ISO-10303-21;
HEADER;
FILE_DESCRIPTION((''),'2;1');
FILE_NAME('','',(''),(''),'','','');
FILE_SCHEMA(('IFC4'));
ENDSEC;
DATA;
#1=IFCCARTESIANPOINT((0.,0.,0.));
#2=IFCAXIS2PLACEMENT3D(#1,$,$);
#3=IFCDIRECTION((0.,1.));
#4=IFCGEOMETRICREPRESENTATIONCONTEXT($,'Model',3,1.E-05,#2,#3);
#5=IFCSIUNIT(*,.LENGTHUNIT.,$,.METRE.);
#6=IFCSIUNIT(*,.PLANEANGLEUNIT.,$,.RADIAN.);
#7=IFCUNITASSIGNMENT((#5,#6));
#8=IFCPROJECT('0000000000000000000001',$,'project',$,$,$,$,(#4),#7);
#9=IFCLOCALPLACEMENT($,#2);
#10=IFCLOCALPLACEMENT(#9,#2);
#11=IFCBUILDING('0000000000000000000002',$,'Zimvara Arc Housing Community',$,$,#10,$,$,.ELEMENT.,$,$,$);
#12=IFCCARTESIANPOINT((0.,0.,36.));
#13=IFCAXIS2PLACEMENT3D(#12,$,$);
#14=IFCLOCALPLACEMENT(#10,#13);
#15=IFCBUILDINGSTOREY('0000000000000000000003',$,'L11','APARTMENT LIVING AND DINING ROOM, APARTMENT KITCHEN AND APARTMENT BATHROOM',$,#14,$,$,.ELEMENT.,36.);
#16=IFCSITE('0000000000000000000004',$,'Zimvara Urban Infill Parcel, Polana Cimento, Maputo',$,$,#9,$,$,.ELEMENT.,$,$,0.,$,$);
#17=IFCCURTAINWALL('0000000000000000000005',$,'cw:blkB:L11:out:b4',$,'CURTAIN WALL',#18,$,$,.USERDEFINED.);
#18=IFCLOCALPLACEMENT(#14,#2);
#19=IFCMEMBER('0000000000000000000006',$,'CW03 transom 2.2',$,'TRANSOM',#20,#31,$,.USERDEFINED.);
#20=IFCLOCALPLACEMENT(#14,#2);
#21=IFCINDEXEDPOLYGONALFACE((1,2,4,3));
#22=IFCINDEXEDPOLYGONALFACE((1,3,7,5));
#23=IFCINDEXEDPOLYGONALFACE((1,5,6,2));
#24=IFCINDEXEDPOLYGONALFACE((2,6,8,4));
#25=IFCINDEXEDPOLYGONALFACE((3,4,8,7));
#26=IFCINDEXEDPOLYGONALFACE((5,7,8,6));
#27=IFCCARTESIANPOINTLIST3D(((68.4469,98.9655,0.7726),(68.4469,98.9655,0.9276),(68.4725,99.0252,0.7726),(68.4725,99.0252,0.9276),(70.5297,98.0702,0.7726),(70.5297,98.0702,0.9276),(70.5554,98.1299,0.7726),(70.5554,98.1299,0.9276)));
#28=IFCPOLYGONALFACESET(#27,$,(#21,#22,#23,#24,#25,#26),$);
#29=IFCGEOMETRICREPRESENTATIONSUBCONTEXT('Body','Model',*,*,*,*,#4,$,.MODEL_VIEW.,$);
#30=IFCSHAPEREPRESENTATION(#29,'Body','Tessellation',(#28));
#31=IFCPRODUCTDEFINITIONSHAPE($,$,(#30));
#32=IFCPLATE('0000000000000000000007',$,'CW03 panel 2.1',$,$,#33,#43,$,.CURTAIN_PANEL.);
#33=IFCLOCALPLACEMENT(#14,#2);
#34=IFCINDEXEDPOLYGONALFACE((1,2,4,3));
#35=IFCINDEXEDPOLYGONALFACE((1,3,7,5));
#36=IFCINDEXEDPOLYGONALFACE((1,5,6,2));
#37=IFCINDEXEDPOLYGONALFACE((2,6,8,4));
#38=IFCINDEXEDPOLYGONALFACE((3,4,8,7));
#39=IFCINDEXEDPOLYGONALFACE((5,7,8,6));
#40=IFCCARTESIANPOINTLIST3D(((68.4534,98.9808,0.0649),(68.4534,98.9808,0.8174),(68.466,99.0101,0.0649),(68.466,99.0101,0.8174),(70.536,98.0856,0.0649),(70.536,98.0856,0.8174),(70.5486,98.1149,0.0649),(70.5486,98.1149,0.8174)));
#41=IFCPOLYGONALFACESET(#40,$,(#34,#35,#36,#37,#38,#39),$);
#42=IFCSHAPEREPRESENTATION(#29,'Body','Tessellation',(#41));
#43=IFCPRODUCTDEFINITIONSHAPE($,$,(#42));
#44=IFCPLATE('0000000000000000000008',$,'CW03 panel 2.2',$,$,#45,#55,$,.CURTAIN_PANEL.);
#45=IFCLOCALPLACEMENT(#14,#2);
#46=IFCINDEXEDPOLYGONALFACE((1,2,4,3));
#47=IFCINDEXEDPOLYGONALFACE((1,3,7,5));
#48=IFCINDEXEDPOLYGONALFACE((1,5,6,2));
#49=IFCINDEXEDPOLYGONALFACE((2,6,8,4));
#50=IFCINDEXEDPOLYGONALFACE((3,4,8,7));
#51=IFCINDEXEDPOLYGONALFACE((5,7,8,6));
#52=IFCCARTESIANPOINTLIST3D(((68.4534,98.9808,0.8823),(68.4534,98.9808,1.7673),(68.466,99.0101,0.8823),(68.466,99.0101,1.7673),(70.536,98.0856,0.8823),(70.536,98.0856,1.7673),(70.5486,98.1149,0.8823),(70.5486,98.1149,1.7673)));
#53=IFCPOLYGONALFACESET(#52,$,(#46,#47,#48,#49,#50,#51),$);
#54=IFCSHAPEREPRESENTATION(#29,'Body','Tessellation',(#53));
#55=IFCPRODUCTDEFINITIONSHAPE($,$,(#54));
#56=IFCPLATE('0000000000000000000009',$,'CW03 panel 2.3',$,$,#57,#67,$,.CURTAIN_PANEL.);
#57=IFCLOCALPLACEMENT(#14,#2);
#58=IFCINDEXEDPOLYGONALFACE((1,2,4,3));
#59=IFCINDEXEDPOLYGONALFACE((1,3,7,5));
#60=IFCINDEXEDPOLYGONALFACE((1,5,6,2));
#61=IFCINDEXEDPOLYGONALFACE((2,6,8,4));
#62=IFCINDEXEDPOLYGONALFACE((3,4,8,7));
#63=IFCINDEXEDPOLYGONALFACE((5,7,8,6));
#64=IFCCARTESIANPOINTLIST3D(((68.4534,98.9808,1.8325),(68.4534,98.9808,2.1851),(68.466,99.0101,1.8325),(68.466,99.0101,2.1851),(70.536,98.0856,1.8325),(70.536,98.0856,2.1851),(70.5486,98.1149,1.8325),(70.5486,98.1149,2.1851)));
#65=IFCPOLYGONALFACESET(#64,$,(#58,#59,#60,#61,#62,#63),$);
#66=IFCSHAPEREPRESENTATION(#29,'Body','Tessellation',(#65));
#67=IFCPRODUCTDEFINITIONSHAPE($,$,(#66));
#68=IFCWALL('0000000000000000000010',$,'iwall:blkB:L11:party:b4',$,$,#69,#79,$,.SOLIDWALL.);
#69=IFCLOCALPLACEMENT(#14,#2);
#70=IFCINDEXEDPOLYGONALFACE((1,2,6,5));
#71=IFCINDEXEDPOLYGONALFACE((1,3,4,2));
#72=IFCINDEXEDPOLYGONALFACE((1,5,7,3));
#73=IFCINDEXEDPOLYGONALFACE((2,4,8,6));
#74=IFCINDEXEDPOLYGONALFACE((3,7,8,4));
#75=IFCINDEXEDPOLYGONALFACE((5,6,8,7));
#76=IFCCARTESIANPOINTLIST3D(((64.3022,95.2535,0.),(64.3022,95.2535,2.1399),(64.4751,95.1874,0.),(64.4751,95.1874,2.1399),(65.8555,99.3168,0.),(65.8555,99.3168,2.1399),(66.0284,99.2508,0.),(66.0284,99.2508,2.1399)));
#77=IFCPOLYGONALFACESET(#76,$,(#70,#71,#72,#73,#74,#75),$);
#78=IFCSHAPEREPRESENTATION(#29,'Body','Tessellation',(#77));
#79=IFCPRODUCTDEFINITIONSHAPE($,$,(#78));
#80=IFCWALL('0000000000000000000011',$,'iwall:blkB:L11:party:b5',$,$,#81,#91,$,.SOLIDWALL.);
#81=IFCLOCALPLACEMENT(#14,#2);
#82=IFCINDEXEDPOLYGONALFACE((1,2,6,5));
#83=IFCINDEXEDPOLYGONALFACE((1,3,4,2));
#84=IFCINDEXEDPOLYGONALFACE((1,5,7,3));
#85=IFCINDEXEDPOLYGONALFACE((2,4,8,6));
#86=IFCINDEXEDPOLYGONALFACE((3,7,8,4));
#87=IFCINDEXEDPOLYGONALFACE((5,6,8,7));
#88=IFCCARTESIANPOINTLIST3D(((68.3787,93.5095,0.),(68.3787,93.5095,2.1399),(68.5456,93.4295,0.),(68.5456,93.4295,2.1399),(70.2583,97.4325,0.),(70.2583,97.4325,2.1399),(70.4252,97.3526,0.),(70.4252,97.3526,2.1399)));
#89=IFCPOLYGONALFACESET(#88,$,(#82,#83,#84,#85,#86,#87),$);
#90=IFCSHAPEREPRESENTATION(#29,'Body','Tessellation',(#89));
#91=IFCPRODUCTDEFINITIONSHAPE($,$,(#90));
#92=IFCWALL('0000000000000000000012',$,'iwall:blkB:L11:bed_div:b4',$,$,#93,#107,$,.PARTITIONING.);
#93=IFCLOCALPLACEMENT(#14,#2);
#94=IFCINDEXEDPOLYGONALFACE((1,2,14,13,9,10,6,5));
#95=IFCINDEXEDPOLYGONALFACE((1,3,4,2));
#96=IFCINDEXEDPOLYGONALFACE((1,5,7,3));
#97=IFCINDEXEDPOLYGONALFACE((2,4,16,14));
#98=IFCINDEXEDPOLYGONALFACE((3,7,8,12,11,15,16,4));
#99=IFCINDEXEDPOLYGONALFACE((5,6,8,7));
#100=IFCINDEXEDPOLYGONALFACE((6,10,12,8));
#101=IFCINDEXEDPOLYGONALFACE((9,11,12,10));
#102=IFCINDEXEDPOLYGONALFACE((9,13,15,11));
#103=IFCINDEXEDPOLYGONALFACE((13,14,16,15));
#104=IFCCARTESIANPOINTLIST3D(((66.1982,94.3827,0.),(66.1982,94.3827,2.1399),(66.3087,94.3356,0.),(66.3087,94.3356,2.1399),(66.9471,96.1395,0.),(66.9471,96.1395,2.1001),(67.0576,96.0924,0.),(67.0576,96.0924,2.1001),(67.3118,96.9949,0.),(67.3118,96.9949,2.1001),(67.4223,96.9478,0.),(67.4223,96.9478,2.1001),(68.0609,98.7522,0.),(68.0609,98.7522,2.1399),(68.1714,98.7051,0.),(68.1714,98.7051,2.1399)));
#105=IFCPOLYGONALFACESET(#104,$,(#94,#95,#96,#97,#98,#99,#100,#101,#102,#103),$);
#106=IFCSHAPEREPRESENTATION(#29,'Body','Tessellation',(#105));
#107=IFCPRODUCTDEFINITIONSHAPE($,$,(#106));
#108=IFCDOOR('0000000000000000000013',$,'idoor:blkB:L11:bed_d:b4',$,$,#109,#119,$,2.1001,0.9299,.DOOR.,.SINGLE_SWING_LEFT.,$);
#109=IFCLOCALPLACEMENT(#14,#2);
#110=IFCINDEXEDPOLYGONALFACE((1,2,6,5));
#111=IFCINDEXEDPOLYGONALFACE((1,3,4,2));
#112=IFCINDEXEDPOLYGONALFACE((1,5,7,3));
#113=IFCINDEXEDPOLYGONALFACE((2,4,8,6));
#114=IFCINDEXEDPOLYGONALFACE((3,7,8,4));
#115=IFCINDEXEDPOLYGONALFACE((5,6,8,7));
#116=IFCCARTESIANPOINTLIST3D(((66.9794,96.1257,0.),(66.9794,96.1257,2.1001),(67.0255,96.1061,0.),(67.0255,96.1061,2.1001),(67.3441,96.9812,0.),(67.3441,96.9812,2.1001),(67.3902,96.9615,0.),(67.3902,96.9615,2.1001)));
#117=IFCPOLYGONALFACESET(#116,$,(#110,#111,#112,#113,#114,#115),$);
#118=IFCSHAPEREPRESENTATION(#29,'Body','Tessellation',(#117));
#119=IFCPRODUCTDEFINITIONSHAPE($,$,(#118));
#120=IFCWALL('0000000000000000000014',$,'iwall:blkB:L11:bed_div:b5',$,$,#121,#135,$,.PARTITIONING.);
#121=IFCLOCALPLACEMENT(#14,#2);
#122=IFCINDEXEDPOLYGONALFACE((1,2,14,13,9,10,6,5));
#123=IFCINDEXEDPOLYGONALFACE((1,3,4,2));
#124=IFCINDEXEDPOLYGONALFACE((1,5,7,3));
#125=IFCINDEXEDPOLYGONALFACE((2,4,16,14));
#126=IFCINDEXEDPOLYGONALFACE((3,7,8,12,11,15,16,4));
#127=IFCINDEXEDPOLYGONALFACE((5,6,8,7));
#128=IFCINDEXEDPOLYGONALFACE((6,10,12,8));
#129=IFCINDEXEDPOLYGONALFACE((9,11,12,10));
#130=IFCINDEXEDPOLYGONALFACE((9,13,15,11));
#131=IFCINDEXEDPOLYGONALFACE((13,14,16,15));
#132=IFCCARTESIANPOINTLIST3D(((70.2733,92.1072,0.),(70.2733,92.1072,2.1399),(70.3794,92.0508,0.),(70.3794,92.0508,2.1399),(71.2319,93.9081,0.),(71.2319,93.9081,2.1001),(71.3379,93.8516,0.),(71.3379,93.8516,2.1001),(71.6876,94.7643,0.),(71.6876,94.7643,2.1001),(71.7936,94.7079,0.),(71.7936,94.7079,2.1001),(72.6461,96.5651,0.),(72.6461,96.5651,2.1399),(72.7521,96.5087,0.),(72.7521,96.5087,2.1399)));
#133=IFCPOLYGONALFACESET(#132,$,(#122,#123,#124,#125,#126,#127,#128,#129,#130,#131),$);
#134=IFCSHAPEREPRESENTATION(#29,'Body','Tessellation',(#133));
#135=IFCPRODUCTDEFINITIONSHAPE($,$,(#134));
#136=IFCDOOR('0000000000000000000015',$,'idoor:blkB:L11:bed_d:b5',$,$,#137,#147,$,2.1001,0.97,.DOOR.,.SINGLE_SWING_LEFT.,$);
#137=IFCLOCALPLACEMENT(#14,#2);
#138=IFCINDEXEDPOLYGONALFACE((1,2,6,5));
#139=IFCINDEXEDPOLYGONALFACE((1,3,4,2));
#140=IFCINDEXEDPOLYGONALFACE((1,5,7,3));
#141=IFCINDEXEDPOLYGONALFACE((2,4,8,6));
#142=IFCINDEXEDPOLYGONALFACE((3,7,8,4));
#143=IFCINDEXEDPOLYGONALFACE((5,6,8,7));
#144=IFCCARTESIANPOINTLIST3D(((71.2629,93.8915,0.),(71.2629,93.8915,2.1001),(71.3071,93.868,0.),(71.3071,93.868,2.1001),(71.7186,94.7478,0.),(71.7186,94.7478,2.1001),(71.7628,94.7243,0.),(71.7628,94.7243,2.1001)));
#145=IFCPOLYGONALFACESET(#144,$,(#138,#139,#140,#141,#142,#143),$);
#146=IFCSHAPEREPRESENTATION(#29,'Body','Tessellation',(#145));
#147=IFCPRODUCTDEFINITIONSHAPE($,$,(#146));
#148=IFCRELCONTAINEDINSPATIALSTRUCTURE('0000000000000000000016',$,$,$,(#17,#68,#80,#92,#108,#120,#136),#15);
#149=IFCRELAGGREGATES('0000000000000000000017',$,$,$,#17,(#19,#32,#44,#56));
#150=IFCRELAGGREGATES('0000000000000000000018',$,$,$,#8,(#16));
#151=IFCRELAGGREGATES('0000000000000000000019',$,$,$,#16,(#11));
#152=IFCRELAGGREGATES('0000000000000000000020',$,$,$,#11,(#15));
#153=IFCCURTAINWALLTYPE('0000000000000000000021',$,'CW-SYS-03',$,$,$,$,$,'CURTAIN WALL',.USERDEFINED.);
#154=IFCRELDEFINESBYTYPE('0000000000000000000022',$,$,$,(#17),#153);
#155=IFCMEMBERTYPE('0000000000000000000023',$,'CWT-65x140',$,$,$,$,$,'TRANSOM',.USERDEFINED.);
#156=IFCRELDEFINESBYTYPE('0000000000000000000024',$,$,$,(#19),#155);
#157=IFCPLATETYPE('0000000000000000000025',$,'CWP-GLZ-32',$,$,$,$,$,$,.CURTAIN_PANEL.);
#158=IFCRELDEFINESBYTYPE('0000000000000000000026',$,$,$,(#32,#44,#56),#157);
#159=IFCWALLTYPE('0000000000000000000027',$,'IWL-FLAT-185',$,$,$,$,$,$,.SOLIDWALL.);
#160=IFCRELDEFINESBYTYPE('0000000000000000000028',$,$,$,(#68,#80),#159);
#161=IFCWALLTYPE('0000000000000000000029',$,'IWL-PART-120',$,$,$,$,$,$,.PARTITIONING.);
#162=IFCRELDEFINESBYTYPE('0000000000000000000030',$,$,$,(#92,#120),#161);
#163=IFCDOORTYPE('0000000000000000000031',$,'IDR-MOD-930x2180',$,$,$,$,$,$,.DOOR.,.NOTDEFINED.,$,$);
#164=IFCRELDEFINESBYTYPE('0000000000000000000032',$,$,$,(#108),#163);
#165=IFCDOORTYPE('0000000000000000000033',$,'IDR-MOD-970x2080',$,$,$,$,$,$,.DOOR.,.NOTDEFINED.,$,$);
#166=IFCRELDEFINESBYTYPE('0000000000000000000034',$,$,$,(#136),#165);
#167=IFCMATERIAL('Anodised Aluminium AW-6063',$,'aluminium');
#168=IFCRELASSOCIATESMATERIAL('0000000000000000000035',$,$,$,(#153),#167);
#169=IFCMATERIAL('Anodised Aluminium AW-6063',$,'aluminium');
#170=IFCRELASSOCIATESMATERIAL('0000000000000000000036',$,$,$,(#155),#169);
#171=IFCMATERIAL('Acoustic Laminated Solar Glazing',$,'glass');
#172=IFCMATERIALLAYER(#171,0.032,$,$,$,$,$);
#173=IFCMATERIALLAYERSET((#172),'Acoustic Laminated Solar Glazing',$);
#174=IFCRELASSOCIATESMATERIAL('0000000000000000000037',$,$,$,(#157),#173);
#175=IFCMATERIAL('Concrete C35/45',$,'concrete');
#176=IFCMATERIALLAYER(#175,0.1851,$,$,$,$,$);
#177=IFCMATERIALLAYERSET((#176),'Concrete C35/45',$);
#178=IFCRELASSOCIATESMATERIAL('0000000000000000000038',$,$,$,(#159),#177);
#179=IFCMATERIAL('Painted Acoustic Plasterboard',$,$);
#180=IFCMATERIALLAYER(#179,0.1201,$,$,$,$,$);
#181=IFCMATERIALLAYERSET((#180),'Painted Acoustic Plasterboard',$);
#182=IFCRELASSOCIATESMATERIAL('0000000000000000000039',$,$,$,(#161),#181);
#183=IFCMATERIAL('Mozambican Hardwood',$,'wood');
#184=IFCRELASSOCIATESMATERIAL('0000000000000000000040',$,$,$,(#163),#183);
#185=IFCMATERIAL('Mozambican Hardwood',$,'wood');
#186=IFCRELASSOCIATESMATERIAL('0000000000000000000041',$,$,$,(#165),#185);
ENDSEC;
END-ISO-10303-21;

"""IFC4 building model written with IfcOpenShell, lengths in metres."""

from ifc_helpers import new_model, si_unit, direction, frame, frame_2d, origin, origin_2d, place, context, subcontext, project, spatial, rectangle, extrude, material, layer, layer_set, material_profile, profile_set, type_object, element, fill, aggregate, save


model = new_model("IFC4")

# Units and contexts
model_context = context("Model", 3, precision=1e-05, world=origin(), true_north=direction((0.0, 1.0)))
body_context = subcontext(model_context, "Body", "Model", "MODEL_VIEW")
ifc_project = project(units=[si_unit("LENGTHUNIT", "METRE"), si_unit("PLANEANGLEUNIT", "RADIAN")], contexts=[model_context])

# Site, building, storey
site_placement = place(None, origin())
site = spatial("IfcSite", under=ifc_project, at=site_placement, Name="Zimvara Urban Infill Parcel, Polana Cimento, Maputo", CompositionType="ELEMENT", RefElevation=0.0)
building_placement = place(site_placement, origin())
building = spatial("IfcBuilding", under=site, at=building_placement, Name="Zimvara Arc Housing Community", CompositionType="ELEMENT")
storey_placement = place(building_placement, frame((0.0, 0.0, 36.0)))
storey = spatial("IfcBuildingStorey", under=building, at=storey_placement, Name="L11", Description="APARTMENT LIVING AND DINING ROOM, APARTMENT KITCHEN AND APARTMENT BATHROOM", CompositionType="ELEMENT", Elevation=36.0)

# Curtain wall
ifc_material_1 = material(Name="Anodised Aluminium AW-6063", Category="aluminium")
curtain_wall_type_1 = type_object("IfcCurtainWallType", Name="CW-SYS-03", ElementType="CURTAIN WALL", PredefinedType="USERDEFINED", material=ifc_material_1)
curtain_wall_1_placement = place(storey_placement, origin())
curtain_wall_1 = element("IfcCurtainWall", 1, at=curtain_wall_1_placement, inside=storey, type_object=curtain_wall_type_1, Name="cw:blkB:L11:out:b4", ObjectType="CURTAIN WALL", PredefinedType="USERDEFINED")

# Member
ifc_material_2 = material(Name="Anodised Aluminium AW-6063", Category="aluminium")
ifc_material_profile_1 = material_profile(ifc_material_2, rectangle(XDim=0.0649, YDim=0.155, at=origin_2d()), Name="ALU 65x155")
ifc_profile_set_1 = profile_set([ifc_material_profile_1], Name="Anodised Aluminium AW-6063")
member_type_1 = type_object("IfcMemberType", Name="CWT-65x140", ElementType="TRANSOM", PredefinedType="USERDEFINED", material=ifc_profile_set_1)
member_1_placement = place(storey_placement, frame((68.4597, 98.9954, 0.8501), z_axis=(0.918721, -0.394907, 0.0), x_axis=(0.394907, 0.918721, 0.0)))
member_1 = element("IfcMember", 2, at=member_1_placement, type_object=member_type_1, Name="CW03 transom 2.2", ObjectType="TRANSOM", PredefinedType="USERDEFINED", context=body_context, shape_type="SweptSolid", body=[
    extrude(rectangle(XDim=0.0649, YDim=0.155, at=origin_2d()), origin(), (0.0, 0.0, 1.0), 2.2671),
])

# Plates
ifc_material_3 = material(Name="Acoustic Laminated Solar Glazing", Category="glass")
ifc_layer_1 = layer(ifc_material_3, 0.032)
ifc_layer_set_1 = layer_set([ifc_layer_1], Name="Acoustic Laminated Solar Glazing")
plate_type = type_object("IfcPlateType", Name="CWP-GLZ-32", PredefinedType="CURTAIN_PANEL", material=ifc_layer_set_1)
plate_1_placement = place(storey_placement, frame((69.501, 98.5479, 0.0649), z_axis=(0.0, 0.0, 1.0), x_axis=(0.918722, -0.394904, 0.0)))
plate_1 = element("IfcPlate", 3, at=plate_1_placement, type_object=plate_type, Name="CW03 panel 2.1", PredefinedType="CURTAIN_PANEL", context=body_context, shape_type="SweptSolid", body=[
    extrude(rectangle(XDim=2.2668, YDim=0.032, at=origin_2d()), origin(), (0.0, 0.0, 1.0), 0.7524),
])
plate_2_placement = place(storey_placement, frame((69.501, 98.5479, 0.8823), z_axis=(0.0, 0.0, 1.0), x_axis=(0.918722, -0.394904, 0.0)))
plate_2 = element("IfcPlate", 4, at=plate_2_placement, type_object=plate_type, Name="CW03 panel 2.2", PredefinedType="CURTAIN_PANEL", context=body_context, shape_type="SweptSolid", body=[
    extrude(rectangle(XDim=2.2668, YDim=0.032, at=origin_2d()), origin(), (0.0, 0.0, 1.0), 0.885),
])
plate_3_placement = place(storey_placement, frame((69.501, 98.5479, 1.8325), z_axis=(0.0, 0.0, 1.0), x_axis=(0.918722, -0.394904, 0.0)))
plate_3 = element("IfcPlate", 5, at=plate_3_placement, type_object=plate_type, Name="CW03 panel 2.3", PredefinedType="CURTAIN_PANEL", context=body_context, shape_type="SweptSolid", body=[
    extrude(rectangle(XDim=2.2668, YDim=0.032, at=origin_2d()), origin(), (0.0, 0.0, 1.0), 0.3525),
])
aggregate(curtain_wall_1, [member_1, plate_1, plate_2, plate_3])

# Walls
ifc_material_4 = material(Name="Concrete C35/45", Category="concrete")
ifc_layer_2 = layer(ifc_material_4, 0.1851)
ifc_layer_set_2 = layer_set([ifc_layer_2], Name="Concrete C35/45")
wall_type_1 = type_object("IfcWallType", Name="IWL-FLAT-185", PredefinedType="SOLIDWALL", material=ifc_layer_set_2)
for number, where, z_axis, x_axis, name in (
    (6, (64.3887, 95.2205, 0.0), (0.0, 0.0, 1.0), (0.357064, 0.93408, 0.0), "iwall:blkB:L11:party:b4"),
    (7, (68.4622, 93.4695, 0.0), (0.0, 0.0, 1.0), (0.432087, 0.901832, 0.0), "iwall:blkB:L11:party:b5"),
):
    element("IfcWall", number, at=place(storey_placement, frame(where, z_axis=z_axis, x_axis=x_axis)), inside=storey, type_object=wall_type_1, Name=name, PredefinedType="SOLIDWALL", context=body_context, shape_type="SweptSolid", body=[
        extrude(rectangle(XDim=4.3501, YDim=0.1851, at=frame_2d((2.175, 0.0))), origin(), (0.0, 0.0, 1.0), 2.1399),
    ])

# Walls, openings, doors
ifc_material_5 = material(Name="Painted Acoustic Plasterboard")
ifc_layer_3 = layer(ifc_material_5, 0.1201)
ifc_layer_set_3 = layer_set([ifc_layer_3], Name="Painted Acoustic Plasterboard")
wall_type_2 = type_object("IfcWallType", Name="IWL-PART-120", PredefinedType="PARTITIONING", material=ifc_layer_set_3)
wall_1_placement = place(storey_placement, frame((66.2534, 94.3591, 0.0), z_axis=(0.0, 0.0, 1.0), x_axis=(0.392157, 0.919898, 0.0)))
wall_1 = element("IfcWall", 8, at=wall_1_placement, inside=storey, type_object=wall_type_2, Name="iwall:blkB:L11:bed_div:b4", PredefinedType="PARTITIONING", context=body_context, shape_type="SweptSolid", body=[
    extrude(rectangle(XDim=4.75, YDim=0.1201, at=frame_2d((2.375, 0.0))), origin(), (0.0, 0.0, 1.0), 2.1399),
])
opening_1_placement = place(wall_1_placement, frame((1.9099, 0.0, 0.0)))
opening_1 = element("IfcOpeningElement", 9, at=opening_1_placement, cuts=wall_1, PredefinedType="OPENING", context=body_context, shape_type="SweptSolid", body=[
    extrude(rectangle(XDim=0.9299, YDim=2.1001, at=frame_2d((0.4648, 1.05))), frame((0.0, 0.0701, 0.0), z_axis=(0.0, -1.0, 0.0), x_axis=(1.0, 0.0, 0.0)), (0.0, 0.0, 1.0), 0.1401),
])
ifc_material_6 = material(Name="Mozambican Hardwood", Category="wood")
door_type_1 = type_object("IfcDoorType", Name="IDR-MOD-930x2180", OperationType="NOTDEFINED", PredefinedType="DOOR", material=ifc_material_6)
door_1_placement = place(opening_1_placement, origin())
door_1 = element("IfcDoor", 10, at=door_1_placement, inside=storey, type_object=door_type_1, Name="idoor:blkB:L11:bed_d:b4", OperationType="SINGLE_SWING_LEFT", OverallHeight=2.1001, OverallWidth=0.9299, PredefinedType="DOOR", context=body_context, shape_type="SweptSolid", body=[
    extrude(rectangle(XDim=0.9299, YDim=2.1001, at=frame_2d((0.4648, 1.05))), frame((0.0, 0.0249, 0.0), z_axis=(0.0, -1.0, 0.0), x_axis=(1.0, 0.0, 0.0)), (0.0, 0.0, 1.0), 0.05),
])
fill(opening_1, door_1)
wall_2_placement = place(storey_placement, frame((70.3264, 92.0791, 0.0), z_axis=(0.0, 0.0, 1.0), x_axis=(0.469848, 0.882747, 0.0)))
wall_2 = element("IfcWall", 11, at=wall_2_placement, inside=storey, type_object=wall_type_2, Name="iwall:blkB:L11:bed_div:b5", PredefinedType="PARTITIONING", context=body_context, shape_type="SweptSolid", body=[
    extrude(rectangle(XDim=5.05, YDim=0.1201, at=frame_2d((2.5249, 0.0))), origin(), (0.0, 0.0, 1.0), 2.1399),
])
opening_2_placement = place(wall_2_placement, frame((2.04, 0.0, 0.0)))
opening_2 = element("IfcOpeningElement", 12, at=opening_2_placement, cuts=wall_2, PredefinedType="OPENING", context=body_context, shape_type="SweptSolid", body=[
    extrude(rectangle(XDim=0.97, YDim=2.1001, at=frame_2d((0.4849, 1.05))), frame((0.0, 0.0701, 0.0), z_axis=(0.0, -1.0, 0.0), x_axis=(1.0, 0.0, 0.0)), (0.0, 0.0, 1.0), 0.1401),
])
ifc_material_7 = material(Name="Mozambican Hardwood", Category="wood")
door_type_2 = type_object("IfcDoorType", Name="IDR-MOD-970x2080", OperationType="NOTDEFINED", PredefinedType="DOOR", material=ifc_material_7)
door_2_placement = place(opening_2_placement, origin())
door_2 = element("IfcDoor", 13, at=door_2_placement, inside=storey, type_object=door_type_2, Name="idoor:blkB:L11:bed_d:b5", OperationType="SINGLE_SWING_LEFT", OverallHeight=2.1001, OverallWidth=0.97, PredefinedType="DOOR", context=body_context, shape_type="SweptSolid", body=[
    extrude(rectangle(XDim=0.97, YDim=2.1001, at=frame_2d((0.4849, 1.05))), frame((0.0, 0.0249, 0.0), z_axis=(0.0, -1.0, 0.0), x_axis=(1.0, 0.0, 0.0)), (0.0, 0.0, 1.0), 0.05),
])
fill(opening_2, door_2)

save(model, "model.ifc")
